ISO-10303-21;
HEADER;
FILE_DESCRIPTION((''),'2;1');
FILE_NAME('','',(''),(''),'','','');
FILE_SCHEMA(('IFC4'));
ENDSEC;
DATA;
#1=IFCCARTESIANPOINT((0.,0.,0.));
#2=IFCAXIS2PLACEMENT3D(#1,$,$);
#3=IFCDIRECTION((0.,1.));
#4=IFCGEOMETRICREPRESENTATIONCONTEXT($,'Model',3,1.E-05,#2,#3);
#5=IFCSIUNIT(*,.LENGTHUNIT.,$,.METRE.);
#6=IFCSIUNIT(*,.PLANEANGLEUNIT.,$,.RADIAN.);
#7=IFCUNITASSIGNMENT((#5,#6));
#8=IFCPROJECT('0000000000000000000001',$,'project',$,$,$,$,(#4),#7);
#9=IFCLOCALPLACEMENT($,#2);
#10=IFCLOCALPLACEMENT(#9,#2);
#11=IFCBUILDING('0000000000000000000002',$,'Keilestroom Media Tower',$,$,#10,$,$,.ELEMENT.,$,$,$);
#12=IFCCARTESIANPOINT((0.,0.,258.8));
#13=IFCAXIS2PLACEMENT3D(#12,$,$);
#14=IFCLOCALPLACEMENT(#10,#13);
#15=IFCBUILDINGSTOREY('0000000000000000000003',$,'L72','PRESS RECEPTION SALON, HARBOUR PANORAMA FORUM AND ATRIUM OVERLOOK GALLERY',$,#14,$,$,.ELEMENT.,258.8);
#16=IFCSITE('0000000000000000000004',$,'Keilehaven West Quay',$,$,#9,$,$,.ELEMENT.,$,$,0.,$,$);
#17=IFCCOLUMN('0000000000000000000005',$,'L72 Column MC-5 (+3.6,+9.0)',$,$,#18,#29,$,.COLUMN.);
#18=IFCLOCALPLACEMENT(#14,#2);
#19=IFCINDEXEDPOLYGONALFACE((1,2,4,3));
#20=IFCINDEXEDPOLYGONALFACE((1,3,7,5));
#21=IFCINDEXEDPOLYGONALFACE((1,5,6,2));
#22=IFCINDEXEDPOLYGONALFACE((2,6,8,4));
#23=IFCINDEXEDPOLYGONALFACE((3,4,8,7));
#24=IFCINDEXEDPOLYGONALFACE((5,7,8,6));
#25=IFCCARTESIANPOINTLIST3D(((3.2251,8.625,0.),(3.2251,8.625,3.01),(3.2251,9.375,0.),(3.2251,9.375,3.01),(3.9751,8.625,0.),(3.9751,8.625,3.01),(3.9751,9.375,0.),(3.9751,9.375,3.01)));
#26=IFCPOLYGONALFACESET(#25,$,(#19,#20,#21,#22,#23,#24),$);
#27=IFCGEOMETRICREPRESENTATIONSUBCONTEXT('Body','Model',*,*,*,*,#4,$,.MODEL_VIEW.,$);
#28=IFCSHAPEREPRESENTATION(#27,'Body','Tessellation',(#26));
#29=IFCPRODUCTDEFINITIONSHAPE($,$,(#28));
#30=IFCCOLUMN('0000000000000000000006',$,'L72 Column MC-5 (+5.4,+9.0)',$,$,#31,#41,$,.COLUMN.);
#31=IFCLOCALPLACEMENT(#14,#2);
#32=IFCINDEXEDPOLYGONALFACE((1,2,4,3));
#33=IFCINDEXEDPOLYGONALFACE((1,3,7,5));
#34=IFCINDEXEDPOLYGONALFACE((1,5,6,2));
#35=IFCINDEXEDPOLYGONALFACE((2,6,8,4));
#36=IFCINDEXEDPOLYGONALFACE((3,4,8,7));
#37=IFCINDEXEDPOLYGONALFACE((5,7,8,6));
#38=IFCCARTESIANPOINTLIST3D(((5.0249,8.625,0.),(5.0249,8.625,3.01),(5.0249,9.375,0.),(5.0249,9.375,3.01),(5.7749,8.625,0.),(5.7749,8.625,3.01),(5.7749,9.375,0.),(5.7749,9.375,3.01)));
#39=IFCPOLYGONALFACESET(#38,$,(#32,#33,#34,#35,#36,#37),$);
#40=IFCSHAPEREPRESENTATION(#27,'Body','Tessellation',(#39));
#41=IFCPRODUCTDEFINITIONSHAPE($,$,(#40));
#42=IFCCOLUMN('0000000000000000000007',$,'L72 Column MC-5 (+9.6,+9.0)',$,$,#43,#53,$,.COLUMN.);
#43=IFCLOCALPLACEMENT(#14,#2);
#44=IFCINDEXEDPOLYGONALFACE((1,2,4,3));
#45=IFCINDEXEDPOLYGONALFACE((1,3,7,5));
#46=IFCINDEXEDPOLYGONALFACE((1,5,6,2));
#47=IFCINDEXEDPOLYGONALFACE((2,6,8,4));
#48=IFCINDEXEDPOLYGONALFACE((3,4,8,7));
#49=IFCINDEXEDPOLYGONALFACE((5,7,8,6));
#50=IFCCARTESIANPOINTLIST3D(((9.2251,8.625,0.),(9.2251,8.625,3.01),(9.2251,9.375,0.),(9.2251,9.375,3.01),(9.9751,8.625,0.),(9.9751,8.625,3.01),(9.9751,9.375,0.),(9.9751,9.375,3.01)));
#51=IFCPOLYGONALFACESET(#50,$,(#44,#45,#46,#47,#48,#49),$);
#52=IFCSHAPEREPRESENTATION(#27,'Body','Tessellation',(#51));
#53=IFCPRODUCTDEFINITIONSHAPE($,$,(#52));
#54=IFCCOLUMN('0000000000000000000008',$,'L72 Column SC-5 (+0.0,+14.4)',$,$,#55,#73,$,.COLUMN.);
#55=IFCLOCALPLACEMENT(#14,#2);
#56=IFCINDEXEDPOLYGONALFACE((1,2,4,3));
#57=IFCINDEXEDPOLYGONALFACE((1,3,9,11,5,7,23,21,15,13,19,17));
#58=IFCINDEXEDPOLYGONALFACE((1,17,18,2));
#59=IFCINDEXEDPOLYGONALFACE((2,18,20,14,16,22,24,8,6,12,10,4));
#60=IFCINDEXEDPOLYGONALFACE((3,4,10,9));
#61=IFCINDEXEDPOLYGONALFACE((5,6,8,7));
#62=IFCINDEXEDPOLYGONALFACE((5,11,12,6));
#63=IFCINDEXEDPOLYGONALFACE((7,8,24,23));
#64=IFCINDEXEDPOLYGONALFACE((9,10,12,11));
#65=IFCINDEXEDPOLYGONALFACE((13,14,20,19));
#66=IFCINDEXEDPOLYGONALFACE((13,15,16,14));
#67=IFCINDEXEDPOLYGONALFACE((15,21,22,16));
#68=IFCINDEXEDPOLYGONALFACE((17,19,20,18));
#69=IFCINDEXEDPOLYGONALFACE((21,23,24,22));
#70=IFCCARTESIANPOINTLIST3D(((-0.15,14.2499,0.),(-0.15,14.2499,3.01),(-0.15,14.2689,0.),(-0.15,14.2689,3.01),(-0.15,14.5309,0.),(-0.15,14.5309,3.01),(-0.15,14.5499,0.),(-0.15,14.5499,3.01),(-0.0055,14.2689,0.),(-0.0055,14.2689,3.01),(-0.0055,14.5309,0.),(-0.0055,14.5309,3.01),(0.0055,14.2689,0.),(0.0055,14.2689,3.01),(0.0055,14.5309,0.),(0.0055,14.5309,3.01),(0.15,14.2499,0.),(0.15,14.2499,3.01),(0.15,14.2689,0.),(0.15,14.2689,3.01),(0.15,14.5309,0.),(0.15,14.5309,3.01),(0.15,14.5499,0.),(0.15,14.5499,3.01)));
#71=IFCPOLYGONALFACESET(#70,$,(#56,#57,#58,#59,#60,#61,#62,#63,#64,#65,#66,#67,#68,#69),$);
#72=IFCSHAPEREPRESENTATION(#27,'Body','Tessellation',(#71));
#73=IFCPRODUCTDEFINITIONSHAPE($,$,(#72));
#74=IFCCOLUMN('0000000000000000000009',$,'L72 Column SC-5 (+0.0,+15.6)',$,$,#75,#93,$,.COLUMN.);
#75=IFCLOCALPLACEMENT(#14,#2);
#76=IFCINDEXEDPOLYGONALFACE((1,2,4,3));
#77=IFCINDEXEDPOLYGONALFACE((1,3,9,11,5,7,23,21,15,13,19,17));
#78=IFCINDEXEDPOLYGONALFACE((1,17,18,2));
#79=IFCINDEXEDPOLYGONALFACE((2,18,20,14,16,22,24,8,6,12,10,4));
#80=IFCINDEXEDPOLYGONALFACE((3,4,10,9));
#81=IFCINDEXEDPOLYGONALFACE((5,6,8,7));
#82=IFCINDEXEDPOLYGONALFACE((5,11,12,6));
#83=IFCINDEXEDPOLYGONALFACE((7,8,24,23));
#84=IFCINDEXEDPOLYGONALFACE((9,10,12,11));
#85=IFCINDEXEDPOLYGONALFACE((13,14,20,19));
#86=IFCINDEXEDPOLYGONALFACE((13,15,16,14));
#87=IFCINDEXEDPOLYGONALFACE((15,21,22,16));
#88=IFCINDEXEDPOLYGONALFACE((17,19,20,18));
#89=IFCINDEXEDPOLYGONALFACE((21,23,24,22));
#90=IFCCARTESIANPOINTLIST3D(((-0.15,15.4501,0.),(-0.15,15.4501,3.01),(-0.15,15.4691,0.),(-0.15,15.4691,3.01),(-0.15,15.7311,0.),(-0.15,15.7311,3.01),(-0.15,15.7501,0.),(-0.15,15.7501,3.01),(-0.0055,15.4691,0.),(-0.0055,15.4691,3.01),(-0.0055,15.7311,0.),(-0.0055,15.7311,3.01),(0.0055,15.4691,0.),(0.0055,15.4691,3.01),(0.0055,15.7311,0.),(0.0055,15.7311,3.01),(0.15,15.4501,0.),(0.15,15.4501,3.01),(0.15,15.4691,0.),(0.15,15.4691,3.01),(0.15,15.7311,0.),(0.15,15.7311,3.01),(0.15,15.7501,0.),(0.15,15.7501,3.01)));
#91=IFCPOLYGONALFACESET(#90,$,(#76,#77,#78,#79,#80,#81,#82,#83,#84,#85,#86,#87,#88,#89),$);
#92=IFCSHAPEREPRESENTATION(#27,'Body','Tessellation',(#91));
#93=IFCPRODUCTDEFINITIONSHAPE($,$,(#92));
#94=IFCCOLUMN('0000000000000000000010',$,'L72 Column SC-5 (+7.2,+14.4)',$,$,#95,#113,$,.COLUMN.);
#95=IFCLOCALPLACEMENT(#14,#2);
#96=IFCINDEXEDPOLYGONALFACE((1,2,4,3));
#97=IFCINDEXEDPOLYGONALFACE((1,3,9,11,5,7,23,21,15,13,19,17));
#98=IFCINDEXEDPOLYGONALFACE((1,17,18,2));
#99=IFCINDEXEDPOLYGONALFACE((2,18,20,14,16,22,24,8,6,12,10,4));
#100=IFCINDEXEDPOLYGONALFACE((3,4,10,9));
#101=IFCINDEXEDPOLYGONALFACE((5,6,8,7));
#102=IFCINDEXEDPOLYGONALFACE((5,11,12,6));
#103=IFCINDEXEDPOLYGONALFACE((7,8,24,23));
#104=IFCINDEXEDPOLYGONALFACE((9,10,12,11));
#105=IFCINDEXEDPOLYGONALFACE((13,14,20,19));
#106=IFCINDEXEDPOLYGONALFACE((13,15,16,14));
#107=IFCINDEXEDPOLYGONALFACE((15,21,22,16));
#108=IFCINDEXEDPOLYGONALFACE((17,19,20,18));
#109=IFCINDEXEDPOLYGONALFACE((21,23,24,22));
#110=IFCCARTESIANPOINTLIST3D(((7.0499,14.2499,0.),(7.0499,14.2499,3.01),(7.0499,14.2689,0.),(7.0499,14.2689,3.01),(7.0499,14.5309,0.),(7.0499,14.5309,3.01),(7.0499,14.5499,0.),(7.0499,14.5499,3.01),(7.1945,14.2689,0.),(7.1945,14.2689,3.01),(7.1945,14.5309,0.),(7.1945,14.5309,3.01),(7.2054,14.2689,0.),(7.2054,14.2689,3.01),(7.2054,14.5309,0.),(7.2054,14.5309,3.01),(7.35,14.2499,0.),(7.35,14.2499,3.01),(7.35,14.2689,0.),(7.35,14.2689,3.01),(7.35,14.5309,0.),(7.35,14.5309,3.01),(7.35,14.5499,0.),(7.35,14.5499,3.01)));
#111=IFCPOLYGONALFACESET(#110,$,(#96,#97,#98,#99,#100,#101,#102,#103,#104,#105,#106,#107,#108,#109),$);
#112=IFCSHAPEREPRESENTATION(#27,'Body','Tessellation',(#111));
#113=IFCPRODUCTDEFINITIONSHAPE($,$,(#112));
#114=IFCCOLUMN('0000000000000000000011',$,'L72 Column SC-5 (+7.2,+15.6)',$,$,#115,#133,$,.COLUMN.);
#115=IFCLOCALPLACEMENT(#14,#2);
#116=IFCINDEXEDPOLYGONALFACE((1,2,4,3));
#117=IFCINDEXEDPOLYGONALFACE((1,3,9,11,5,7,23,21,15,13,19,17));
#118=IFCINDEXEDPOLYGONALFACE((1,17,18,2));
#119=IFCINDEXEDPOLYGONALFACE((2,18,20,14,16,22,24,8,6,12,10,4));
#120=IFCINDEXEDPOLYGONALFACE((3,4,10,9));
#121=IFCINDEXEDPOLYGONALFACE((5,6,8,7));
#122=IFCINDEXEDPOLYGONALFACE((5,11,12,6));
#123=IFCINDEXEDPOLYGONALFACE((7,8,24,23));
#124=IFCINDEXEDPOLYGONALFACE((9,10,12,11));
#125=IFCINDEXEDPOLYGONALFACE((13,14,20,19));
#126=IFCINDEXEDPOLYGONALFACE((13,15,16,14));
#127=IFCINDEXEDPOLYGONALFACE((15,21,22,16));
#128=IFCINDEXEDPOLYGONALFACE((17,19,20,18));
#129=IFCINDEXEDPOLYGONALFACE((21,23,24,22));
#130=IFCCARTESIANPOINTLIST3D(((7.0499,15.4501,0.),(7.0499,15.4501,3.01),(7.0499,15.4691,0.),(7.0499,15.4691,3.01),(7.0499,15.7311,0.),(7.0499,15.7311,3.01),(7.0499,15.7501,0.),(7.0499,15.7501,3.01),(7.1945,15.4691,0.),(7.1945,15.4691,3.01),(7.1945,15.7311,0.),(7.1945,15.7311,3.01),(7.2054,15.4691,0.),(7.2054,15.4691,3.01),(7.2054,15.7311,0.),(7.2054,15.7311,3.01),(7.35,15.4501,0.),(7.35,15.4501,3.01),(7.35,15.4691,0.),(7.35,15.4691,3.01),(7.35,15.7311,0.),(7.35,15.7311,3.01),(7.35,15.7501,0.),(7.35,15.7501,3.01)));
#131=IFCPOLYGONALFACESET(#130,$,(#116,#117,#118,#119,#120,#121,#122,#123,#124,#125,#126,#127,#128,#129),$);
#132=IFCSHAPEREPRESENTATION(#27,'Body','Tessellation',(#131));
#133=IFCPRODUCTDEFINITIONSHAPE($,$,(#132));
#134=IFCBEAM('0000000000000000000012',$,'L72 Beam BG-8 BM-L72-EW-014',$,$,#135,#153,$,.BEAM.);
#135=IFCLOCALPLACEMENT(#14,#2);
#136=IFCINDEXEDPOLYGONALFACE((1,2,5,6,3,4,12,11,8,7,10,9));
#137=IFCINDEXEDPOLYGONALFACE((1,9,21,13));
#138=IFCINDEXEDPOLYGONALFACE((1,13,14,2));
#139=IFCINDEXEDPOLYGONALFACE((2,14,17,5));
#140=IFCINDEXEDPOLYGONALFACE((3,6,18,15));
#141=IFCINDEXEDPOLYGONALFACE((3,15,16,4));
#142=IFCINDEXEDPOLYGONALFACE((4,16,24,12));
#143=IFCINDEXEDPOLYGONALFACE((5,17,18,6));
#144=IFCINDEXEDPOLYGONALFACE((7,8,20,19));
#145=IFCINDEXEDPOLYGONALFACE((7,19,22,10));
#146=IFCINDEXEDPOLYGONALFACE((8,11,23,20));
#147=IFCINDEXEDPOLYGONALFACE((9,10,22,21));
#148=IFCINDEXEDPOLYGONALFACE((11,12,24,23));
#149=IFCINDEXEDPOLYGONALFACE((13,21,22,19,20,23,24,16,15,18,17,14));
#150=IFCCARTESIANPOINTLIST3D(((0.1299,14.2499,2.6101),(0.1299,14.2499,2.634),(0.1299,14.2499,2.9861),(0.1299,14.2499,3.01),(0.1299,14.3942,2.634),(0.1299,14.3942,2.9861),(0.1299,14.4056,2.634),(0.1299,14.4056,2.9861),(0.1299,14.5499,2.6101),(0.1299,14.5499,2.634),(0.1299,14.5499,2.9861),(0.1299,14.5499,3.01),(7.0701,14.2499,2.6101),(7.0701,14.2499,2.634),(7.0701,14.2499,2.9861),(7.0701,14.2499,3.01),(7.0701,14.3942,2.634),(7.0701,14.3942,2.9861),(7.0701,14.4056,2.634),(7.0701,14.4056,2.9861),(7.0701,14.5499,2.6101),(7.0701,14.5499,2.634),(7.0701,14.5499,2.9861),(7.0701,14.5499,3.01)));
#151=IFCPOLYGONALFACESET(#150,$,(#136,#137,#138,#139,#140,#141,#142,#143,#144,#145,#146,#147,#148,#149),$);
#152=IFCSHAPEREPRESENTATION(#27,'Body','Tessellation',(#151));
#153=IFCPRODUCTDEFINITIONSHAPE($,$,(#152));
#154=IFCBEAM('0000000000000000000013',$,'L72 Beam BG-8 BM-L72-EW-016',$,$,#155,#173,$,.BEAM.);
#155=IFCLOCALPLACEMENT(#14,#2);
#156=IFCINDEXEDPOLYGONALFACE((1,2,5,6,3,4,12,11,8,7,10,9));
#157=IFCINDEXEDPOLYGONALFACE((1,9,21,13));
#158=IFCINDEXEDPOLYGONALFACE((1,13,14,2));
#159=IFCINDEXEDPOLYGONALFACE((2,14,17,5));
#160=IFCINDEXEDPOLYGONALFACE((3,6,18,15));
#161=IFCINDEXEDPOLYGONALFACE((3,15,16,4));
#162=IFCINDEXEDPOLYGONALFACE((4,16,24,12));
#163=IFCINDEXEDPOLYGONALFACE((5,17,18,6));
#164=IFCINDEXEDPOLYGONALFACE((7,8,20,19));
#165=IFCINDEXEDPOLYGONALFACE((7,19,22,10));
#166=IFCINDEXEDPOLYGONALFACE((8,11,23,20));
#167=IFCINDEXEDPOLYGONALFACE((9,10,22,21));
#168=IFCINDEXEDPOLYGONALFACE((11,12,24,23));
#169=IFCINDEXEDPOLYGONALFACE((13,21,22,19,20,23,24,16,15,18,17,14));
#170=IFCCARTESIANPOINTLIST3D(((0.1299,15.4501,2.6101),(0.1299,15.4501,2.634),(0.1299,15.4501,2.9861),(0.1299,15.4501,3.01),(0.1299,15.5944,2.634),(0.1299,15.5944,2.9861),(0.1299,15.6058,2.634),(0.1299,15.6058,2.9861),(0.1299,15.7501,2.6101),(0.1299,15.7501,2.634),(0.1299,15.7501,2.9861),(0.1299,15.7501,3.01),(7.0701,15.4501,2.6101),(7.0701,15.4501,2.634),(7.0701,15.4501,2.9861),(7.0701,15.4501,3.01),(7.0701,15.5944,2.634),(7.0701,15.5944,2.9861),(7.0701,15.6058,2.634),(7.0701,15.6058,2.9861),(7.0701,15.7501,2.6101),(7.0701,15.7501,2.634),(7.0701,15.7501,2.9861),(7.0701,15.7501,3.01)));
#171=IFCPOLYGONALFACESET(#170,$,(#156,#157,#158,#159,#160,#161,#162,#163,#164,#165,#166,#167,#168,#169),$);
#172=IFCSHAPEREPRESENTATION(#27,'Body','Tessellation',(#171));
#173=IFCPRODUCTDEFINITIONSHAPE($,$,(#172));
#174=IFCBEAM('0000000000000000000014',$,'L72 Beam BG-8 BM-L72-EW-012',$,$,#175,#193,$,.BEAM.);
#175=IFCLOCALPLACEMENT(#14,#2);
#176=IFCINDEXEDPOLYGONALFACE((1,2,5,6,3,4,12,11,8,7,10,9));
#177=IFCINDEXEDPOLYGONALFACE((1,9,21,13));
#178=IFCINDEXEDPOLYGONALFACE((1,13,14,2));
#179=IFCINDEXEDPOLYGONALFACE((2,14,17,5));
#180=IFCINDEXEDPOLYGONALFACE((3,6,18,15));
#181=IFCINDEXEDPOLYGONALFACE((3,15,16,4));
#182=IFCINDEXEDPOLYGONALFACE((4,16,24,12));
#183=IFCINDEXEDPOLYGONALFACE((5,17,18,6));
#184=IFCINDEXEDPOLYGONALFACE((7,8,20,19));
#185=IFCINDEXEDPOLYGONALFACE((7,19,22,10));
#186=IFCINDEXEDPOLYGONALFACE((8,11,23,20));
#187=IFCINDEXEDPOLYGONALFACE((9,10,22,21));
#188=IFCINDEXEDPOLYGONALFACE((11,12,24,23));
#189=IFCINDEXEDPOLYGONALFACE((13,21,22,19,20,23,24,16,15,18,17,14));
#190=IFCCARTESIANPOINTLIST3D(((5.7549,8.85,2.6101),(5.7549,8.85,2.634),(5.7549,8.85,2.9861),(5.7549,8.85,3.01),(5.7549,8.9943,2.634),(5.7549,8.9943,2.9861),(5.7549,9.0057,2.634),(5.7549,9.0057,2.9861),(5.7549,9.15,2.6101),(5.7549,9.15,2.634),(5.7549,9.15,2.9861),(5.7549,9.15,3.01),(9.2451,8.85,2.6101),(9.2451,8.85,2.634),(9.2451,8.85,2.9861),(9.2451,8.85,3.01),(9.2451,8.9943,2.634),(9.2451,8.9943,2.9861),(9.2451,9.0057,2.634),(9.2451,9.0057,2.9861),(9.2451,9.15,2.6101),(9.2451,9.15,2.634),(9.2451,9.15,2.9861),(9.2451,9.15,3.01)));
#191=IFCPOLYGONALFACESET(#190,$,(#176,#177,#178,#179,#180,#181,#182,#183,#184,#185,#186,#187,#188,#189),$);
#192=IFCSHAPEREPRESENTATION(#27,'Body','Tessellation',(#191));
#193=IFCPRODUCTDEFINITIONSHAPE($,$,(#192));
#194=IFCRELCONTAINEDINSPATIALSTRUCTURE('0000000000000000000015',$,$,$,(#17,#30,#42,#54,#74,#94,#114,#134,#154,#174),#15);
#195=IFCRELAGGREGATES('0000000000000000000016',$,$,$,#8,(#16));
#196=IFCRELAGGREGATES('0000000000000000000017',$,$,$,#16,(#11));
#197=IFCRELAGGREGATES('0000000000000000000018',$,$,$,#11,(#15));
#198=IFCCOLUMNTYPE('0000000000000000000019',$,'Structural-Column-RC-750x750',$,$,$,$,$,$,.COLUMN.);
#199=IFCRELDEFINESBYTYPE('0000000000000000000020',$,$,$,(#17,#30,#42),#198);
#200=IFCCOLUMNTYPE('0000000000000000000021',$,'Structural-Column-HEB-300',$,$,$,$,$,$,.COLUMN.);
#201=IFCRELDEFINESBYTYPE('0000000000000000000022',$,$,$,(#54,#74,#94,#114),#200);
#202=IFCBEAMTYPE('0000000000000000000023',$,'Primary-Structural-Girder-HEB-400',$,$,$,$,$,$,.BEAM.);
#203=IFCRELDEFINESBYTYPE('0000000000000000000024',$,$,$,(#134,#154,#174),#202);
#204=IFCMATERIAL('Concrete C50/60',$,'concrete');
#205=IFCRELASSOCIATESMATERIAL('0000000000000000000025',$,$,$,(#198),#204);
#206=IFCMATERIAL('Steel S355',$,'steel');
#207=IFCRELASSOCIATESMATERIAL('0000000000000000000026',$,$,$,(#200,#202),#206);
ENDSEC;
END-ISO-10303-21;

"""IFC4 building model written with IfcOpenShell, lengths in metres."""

from ifc_helpers import new_model, si_unit, direction, frame, origin, origin_2d, place, context, subcontext, project, spatial, rectangle, i_section, extrude, source, transform, mapped, material, material_profile, profile_set, type_object, element, save


model = new_model("IFC4")

# Units and contexts
model_context = context("Model", 3, precision=1e-05, world=origin(), true_north=direction((0.0, 1.0)))
body_context = subcontext(model_context, "Body", "Model", "MODEL_VIEW")
ifc_project = project(units=[si_unit("LENGTHUNIT", "METRE"), si_unit("PLANEANGLEUNIT", "RADIAN")], contexts=[model_context])

# Site, building, storey
site_placement = place(None, origin())
site = spatial("IfcSite", under=ifc_project, at=site_placement, Name="Keilehaven West Quay", CompositionType="ELEMENT", RefElevation=0.0)
building_placement = place(site_placement, origin())
building = spatial("IfcBuilding", under=site, at=building_placement, Name="Keilestroom Media Tower", CompositionType="ELEMENT")
storey_placement = place(building_placement, frame((0.0, 0.0, 258.8)))
storey = spatial("IfcBuildingStorey", under=building, at=storey_placement, Name="L72", Description="PRESS RECEPTION SALON, HARBOUR PANORAMA FORUM AND ATRIUM OVERLOOK GALLERY", CompositionType="ELEMENT", Elevation=258.8)

# Columns
ifc_material_1 = material(Name="Concrete C50/60", Category="concrete")
ifc_material_profile_1 = material_profile(ifc_material_1, rectangle(XDim=0.75, YDim=0.75, at=origin_2d()), Name="RC 750x750")
ifc_profile_set_1 = profile_set([ifc_material_profile_1], Name="Concrete C50/60")
column_type_1 = type_object("IfcColumnType", Name="Structural-Column-RC-750x750", PredefinedType="COLUMN", material=ifc_profile_set_1)
shared_shape_1 = source(origin(), body_context, "Body", "SweptSolid", [
    extrude(rectangle(XDim=0.75, YDim=0.75, at=origin_2d()), origin(), (0.0, 0.0, 1.0), 3.01),
])
for number, where, z_axis, x_axis, name in (
    (1, (3.6001, 9.0, 0.0), (0.0, 0.0, 1.0), (1.0, 0.0, 0.0), "L72 Column MC-5 (+3.6,+9.0)"),
    (2, (5.3999, 9.0, 0.0), (0.0, 0.0, 1.0), (1.0, 0.0, 0.0), "L72 Column MC-5 (+5.4,+9.0)"),
    (3, (9.6001, 9.0, 0.0), (0.0, 0.0, 1.0), (1.0, 0.0, 0.0), "L72 Column MC-5 (+9.6,+9.0)"),
):
    element("IfcColumn", number, at=place(storey_placement, frame(where, z_axis=z_axis, x_axis=x_axis)), inside=storey, type_object=column_type_1, Name=name, PredefinedType="COLUMN", context=body_context, shape_type="MappedRepresentation", body=[
        mapped(shared_shape_1, transform((0.0, 0.0, 0.0), x_axis=(1.0, 0.0, 0.0), y_axis=(0.0, 1.0, 0.0), z_axis=(0.0, 0.0, 1.0), scale=1.0)),
    ])
ifc_material_2 = material(Name="Steel S355", Category="steel")
ifc_material_profile_2 = material_profile(ifc_material_2, i_section(OverallWidth=0.3, OverallDepth=0.3, WebThickness=0.011, FlangeThickness=0.019, at=origin_2d()), Name="HEB 300")
ifc_profile_set_2 = profile_set([ifc_material_profile_2], Name="Steel S355")
column_type_2 = type_object("IfcColumnType", Name="Structural-Column-HEB-300", PredefinedType="COLUMN", material=ifc_profile_set_2)
shared_shape_2 = source(origin(), body_context, "Body", "SweptSolid", [
    extrude(i_section(OverallWidth=0.3, OverallDepth=0.3, WebThickness=0.011, FlangeThickness=0.019, at=origin_2d()), origin(), (0.0, 0.0, 1.0), 3.01),
])
for number, where, z_axis, x_axis, name in (
    (4, (0.0, 14.3999, 0.0), (0.0, 0.0, 1.0), (1.0, 0.0, 0.0), "L72 Column SC-5 (+0.0,+14.4)"),
    (5, (0.0, 15.6001, 0.0), (0.0, 0.0, 1.0), (1.0, 0.0, 0.0), "L72 Column SC-5 (+0.0,+15.6)"),
    (6, (7.2, 14.3999, 0.0), (0.0, 0.0, 1.0), (1.0, 0.0, 0.0), "L72 Column SC-5 (+7.2,+14.4)"),
    (7, (7.2, 15.6001, 0.0), (0.0, 0.0, 1.0), (1.0, 0.0, 0.0), "L72 Column SC-5 (+7.2,+15.6)"),
):
    element("IfcColumn", number, at=place(storey_placement, frame(where, z_axis=z_axis, x_axis=x_axis)), inside=storey, type_object=column_type_2, Name=name, PredefinedType="COLUMN", context=body_context, shape_type="MappedRepresentation", body=[
        mapped(shared_shape_2, transform((0.0, 0.0, 0.0), x_axis=(1.0, 0.0, 0.0), y_axis=(0.0, 1.0, 0.0), z_axis=(0.0, 0.0, 1.0), scale=1.0)),
    ])

# Beams
ifc_material_profile_3 = material_profile(ifc_material_2, i_section(OverallWidth=0.3, OverallDepth=0.3999, WebThickness=0.0115, FlangeThickness=0.0239, at=origin_2d()), Name="HEB 400")
ifc_profile_set_3 = profile_set([ifc_material_profile_3], Name="Steel S355")
beam_type = type_object("IfcBeamType", Name="Primary-Structural-Girder-HEB-400", PredefinedType="BEAM", material=ifc_profile_set_3)
shared_shape_3 = source(origin(), body_context, "Body", "SweptSolid", [
    extrude(i_section(OverallWidth=0.3, OverallDepth=0.3999, WebThickness=0.0115, FlangeThickness=0.0239, at=origin_2d()), origin(), (0.0, 0.0, 1.0), 6.9402),
])
for number, where, z_axis, x_axis, name in (
    (8, (0.1299, 14.3999, 2.8101), (1.0, 0.0, 0.0), (0.0, 1.0, 0.0), "L72 Beam BG-8 BM-L72-EW-014"),
    (9, (0.1299, 15.6001, 2.8101), (1.0, 0.0, 0.0), (0.0, 1.0, 0.0), "L72 Beam BG-8 BM-L72-EW-016"),
):
    element("IfcBeam", number, at=place(storey_placement, frame(where, z_axis=z_axis, x_axis=x_axis)), inside=storey, type_object=beam_type, Name=name, PredefinedType="BEAM", context=body_context, shape_type="MappedRepresentation", body=[
        mapped(shared_shape_3, transform((0.0, 0.0, 0.0), x_axis=(1.0, 0.0, 0.0), y_axis=(0.0, 1.0, 0.0), z_axis=(0.0, 0.0, 1.0), scale=1.0)),
    ])
shared_shape_4 = source(origin(), body_context, "Body", "SweptSolid", [
    extrude(i_section(OverallWidth=0.3, OverallDepth=0.3999, WebThickness=0.0115, FlangeThickness=0.0239, at=origin_2d()), origin(), (0.0, 0.0, 1.0), 3.4902),
])
beam_1_placement = place(storey_placement, frame((5.7549, 9.0, 2.8101), z_axis=(1.0, 0.0, 0.0), x_axis=(0.0, 1.0, 0.0)))
element("IfcBeam", 10, at=beam_1_placement, inside=storey, type_object=beam_type, Name="L72 Beam BG-8 BM-L72-EW-012", PredefinedType="BEAM", context=body_context, shape_type="MappedRepresentation", body=[
    mapped(shared_shape_4, transform((0.0, 0.0, 0.0), x_axis=(1.0, 0.0, 0.0), y_axis=(0.0, 1.0, 0.0), z_axis=(0.0, 0.0, 1.0), scale=1.0)),
])

save(model, "model.ifc")
